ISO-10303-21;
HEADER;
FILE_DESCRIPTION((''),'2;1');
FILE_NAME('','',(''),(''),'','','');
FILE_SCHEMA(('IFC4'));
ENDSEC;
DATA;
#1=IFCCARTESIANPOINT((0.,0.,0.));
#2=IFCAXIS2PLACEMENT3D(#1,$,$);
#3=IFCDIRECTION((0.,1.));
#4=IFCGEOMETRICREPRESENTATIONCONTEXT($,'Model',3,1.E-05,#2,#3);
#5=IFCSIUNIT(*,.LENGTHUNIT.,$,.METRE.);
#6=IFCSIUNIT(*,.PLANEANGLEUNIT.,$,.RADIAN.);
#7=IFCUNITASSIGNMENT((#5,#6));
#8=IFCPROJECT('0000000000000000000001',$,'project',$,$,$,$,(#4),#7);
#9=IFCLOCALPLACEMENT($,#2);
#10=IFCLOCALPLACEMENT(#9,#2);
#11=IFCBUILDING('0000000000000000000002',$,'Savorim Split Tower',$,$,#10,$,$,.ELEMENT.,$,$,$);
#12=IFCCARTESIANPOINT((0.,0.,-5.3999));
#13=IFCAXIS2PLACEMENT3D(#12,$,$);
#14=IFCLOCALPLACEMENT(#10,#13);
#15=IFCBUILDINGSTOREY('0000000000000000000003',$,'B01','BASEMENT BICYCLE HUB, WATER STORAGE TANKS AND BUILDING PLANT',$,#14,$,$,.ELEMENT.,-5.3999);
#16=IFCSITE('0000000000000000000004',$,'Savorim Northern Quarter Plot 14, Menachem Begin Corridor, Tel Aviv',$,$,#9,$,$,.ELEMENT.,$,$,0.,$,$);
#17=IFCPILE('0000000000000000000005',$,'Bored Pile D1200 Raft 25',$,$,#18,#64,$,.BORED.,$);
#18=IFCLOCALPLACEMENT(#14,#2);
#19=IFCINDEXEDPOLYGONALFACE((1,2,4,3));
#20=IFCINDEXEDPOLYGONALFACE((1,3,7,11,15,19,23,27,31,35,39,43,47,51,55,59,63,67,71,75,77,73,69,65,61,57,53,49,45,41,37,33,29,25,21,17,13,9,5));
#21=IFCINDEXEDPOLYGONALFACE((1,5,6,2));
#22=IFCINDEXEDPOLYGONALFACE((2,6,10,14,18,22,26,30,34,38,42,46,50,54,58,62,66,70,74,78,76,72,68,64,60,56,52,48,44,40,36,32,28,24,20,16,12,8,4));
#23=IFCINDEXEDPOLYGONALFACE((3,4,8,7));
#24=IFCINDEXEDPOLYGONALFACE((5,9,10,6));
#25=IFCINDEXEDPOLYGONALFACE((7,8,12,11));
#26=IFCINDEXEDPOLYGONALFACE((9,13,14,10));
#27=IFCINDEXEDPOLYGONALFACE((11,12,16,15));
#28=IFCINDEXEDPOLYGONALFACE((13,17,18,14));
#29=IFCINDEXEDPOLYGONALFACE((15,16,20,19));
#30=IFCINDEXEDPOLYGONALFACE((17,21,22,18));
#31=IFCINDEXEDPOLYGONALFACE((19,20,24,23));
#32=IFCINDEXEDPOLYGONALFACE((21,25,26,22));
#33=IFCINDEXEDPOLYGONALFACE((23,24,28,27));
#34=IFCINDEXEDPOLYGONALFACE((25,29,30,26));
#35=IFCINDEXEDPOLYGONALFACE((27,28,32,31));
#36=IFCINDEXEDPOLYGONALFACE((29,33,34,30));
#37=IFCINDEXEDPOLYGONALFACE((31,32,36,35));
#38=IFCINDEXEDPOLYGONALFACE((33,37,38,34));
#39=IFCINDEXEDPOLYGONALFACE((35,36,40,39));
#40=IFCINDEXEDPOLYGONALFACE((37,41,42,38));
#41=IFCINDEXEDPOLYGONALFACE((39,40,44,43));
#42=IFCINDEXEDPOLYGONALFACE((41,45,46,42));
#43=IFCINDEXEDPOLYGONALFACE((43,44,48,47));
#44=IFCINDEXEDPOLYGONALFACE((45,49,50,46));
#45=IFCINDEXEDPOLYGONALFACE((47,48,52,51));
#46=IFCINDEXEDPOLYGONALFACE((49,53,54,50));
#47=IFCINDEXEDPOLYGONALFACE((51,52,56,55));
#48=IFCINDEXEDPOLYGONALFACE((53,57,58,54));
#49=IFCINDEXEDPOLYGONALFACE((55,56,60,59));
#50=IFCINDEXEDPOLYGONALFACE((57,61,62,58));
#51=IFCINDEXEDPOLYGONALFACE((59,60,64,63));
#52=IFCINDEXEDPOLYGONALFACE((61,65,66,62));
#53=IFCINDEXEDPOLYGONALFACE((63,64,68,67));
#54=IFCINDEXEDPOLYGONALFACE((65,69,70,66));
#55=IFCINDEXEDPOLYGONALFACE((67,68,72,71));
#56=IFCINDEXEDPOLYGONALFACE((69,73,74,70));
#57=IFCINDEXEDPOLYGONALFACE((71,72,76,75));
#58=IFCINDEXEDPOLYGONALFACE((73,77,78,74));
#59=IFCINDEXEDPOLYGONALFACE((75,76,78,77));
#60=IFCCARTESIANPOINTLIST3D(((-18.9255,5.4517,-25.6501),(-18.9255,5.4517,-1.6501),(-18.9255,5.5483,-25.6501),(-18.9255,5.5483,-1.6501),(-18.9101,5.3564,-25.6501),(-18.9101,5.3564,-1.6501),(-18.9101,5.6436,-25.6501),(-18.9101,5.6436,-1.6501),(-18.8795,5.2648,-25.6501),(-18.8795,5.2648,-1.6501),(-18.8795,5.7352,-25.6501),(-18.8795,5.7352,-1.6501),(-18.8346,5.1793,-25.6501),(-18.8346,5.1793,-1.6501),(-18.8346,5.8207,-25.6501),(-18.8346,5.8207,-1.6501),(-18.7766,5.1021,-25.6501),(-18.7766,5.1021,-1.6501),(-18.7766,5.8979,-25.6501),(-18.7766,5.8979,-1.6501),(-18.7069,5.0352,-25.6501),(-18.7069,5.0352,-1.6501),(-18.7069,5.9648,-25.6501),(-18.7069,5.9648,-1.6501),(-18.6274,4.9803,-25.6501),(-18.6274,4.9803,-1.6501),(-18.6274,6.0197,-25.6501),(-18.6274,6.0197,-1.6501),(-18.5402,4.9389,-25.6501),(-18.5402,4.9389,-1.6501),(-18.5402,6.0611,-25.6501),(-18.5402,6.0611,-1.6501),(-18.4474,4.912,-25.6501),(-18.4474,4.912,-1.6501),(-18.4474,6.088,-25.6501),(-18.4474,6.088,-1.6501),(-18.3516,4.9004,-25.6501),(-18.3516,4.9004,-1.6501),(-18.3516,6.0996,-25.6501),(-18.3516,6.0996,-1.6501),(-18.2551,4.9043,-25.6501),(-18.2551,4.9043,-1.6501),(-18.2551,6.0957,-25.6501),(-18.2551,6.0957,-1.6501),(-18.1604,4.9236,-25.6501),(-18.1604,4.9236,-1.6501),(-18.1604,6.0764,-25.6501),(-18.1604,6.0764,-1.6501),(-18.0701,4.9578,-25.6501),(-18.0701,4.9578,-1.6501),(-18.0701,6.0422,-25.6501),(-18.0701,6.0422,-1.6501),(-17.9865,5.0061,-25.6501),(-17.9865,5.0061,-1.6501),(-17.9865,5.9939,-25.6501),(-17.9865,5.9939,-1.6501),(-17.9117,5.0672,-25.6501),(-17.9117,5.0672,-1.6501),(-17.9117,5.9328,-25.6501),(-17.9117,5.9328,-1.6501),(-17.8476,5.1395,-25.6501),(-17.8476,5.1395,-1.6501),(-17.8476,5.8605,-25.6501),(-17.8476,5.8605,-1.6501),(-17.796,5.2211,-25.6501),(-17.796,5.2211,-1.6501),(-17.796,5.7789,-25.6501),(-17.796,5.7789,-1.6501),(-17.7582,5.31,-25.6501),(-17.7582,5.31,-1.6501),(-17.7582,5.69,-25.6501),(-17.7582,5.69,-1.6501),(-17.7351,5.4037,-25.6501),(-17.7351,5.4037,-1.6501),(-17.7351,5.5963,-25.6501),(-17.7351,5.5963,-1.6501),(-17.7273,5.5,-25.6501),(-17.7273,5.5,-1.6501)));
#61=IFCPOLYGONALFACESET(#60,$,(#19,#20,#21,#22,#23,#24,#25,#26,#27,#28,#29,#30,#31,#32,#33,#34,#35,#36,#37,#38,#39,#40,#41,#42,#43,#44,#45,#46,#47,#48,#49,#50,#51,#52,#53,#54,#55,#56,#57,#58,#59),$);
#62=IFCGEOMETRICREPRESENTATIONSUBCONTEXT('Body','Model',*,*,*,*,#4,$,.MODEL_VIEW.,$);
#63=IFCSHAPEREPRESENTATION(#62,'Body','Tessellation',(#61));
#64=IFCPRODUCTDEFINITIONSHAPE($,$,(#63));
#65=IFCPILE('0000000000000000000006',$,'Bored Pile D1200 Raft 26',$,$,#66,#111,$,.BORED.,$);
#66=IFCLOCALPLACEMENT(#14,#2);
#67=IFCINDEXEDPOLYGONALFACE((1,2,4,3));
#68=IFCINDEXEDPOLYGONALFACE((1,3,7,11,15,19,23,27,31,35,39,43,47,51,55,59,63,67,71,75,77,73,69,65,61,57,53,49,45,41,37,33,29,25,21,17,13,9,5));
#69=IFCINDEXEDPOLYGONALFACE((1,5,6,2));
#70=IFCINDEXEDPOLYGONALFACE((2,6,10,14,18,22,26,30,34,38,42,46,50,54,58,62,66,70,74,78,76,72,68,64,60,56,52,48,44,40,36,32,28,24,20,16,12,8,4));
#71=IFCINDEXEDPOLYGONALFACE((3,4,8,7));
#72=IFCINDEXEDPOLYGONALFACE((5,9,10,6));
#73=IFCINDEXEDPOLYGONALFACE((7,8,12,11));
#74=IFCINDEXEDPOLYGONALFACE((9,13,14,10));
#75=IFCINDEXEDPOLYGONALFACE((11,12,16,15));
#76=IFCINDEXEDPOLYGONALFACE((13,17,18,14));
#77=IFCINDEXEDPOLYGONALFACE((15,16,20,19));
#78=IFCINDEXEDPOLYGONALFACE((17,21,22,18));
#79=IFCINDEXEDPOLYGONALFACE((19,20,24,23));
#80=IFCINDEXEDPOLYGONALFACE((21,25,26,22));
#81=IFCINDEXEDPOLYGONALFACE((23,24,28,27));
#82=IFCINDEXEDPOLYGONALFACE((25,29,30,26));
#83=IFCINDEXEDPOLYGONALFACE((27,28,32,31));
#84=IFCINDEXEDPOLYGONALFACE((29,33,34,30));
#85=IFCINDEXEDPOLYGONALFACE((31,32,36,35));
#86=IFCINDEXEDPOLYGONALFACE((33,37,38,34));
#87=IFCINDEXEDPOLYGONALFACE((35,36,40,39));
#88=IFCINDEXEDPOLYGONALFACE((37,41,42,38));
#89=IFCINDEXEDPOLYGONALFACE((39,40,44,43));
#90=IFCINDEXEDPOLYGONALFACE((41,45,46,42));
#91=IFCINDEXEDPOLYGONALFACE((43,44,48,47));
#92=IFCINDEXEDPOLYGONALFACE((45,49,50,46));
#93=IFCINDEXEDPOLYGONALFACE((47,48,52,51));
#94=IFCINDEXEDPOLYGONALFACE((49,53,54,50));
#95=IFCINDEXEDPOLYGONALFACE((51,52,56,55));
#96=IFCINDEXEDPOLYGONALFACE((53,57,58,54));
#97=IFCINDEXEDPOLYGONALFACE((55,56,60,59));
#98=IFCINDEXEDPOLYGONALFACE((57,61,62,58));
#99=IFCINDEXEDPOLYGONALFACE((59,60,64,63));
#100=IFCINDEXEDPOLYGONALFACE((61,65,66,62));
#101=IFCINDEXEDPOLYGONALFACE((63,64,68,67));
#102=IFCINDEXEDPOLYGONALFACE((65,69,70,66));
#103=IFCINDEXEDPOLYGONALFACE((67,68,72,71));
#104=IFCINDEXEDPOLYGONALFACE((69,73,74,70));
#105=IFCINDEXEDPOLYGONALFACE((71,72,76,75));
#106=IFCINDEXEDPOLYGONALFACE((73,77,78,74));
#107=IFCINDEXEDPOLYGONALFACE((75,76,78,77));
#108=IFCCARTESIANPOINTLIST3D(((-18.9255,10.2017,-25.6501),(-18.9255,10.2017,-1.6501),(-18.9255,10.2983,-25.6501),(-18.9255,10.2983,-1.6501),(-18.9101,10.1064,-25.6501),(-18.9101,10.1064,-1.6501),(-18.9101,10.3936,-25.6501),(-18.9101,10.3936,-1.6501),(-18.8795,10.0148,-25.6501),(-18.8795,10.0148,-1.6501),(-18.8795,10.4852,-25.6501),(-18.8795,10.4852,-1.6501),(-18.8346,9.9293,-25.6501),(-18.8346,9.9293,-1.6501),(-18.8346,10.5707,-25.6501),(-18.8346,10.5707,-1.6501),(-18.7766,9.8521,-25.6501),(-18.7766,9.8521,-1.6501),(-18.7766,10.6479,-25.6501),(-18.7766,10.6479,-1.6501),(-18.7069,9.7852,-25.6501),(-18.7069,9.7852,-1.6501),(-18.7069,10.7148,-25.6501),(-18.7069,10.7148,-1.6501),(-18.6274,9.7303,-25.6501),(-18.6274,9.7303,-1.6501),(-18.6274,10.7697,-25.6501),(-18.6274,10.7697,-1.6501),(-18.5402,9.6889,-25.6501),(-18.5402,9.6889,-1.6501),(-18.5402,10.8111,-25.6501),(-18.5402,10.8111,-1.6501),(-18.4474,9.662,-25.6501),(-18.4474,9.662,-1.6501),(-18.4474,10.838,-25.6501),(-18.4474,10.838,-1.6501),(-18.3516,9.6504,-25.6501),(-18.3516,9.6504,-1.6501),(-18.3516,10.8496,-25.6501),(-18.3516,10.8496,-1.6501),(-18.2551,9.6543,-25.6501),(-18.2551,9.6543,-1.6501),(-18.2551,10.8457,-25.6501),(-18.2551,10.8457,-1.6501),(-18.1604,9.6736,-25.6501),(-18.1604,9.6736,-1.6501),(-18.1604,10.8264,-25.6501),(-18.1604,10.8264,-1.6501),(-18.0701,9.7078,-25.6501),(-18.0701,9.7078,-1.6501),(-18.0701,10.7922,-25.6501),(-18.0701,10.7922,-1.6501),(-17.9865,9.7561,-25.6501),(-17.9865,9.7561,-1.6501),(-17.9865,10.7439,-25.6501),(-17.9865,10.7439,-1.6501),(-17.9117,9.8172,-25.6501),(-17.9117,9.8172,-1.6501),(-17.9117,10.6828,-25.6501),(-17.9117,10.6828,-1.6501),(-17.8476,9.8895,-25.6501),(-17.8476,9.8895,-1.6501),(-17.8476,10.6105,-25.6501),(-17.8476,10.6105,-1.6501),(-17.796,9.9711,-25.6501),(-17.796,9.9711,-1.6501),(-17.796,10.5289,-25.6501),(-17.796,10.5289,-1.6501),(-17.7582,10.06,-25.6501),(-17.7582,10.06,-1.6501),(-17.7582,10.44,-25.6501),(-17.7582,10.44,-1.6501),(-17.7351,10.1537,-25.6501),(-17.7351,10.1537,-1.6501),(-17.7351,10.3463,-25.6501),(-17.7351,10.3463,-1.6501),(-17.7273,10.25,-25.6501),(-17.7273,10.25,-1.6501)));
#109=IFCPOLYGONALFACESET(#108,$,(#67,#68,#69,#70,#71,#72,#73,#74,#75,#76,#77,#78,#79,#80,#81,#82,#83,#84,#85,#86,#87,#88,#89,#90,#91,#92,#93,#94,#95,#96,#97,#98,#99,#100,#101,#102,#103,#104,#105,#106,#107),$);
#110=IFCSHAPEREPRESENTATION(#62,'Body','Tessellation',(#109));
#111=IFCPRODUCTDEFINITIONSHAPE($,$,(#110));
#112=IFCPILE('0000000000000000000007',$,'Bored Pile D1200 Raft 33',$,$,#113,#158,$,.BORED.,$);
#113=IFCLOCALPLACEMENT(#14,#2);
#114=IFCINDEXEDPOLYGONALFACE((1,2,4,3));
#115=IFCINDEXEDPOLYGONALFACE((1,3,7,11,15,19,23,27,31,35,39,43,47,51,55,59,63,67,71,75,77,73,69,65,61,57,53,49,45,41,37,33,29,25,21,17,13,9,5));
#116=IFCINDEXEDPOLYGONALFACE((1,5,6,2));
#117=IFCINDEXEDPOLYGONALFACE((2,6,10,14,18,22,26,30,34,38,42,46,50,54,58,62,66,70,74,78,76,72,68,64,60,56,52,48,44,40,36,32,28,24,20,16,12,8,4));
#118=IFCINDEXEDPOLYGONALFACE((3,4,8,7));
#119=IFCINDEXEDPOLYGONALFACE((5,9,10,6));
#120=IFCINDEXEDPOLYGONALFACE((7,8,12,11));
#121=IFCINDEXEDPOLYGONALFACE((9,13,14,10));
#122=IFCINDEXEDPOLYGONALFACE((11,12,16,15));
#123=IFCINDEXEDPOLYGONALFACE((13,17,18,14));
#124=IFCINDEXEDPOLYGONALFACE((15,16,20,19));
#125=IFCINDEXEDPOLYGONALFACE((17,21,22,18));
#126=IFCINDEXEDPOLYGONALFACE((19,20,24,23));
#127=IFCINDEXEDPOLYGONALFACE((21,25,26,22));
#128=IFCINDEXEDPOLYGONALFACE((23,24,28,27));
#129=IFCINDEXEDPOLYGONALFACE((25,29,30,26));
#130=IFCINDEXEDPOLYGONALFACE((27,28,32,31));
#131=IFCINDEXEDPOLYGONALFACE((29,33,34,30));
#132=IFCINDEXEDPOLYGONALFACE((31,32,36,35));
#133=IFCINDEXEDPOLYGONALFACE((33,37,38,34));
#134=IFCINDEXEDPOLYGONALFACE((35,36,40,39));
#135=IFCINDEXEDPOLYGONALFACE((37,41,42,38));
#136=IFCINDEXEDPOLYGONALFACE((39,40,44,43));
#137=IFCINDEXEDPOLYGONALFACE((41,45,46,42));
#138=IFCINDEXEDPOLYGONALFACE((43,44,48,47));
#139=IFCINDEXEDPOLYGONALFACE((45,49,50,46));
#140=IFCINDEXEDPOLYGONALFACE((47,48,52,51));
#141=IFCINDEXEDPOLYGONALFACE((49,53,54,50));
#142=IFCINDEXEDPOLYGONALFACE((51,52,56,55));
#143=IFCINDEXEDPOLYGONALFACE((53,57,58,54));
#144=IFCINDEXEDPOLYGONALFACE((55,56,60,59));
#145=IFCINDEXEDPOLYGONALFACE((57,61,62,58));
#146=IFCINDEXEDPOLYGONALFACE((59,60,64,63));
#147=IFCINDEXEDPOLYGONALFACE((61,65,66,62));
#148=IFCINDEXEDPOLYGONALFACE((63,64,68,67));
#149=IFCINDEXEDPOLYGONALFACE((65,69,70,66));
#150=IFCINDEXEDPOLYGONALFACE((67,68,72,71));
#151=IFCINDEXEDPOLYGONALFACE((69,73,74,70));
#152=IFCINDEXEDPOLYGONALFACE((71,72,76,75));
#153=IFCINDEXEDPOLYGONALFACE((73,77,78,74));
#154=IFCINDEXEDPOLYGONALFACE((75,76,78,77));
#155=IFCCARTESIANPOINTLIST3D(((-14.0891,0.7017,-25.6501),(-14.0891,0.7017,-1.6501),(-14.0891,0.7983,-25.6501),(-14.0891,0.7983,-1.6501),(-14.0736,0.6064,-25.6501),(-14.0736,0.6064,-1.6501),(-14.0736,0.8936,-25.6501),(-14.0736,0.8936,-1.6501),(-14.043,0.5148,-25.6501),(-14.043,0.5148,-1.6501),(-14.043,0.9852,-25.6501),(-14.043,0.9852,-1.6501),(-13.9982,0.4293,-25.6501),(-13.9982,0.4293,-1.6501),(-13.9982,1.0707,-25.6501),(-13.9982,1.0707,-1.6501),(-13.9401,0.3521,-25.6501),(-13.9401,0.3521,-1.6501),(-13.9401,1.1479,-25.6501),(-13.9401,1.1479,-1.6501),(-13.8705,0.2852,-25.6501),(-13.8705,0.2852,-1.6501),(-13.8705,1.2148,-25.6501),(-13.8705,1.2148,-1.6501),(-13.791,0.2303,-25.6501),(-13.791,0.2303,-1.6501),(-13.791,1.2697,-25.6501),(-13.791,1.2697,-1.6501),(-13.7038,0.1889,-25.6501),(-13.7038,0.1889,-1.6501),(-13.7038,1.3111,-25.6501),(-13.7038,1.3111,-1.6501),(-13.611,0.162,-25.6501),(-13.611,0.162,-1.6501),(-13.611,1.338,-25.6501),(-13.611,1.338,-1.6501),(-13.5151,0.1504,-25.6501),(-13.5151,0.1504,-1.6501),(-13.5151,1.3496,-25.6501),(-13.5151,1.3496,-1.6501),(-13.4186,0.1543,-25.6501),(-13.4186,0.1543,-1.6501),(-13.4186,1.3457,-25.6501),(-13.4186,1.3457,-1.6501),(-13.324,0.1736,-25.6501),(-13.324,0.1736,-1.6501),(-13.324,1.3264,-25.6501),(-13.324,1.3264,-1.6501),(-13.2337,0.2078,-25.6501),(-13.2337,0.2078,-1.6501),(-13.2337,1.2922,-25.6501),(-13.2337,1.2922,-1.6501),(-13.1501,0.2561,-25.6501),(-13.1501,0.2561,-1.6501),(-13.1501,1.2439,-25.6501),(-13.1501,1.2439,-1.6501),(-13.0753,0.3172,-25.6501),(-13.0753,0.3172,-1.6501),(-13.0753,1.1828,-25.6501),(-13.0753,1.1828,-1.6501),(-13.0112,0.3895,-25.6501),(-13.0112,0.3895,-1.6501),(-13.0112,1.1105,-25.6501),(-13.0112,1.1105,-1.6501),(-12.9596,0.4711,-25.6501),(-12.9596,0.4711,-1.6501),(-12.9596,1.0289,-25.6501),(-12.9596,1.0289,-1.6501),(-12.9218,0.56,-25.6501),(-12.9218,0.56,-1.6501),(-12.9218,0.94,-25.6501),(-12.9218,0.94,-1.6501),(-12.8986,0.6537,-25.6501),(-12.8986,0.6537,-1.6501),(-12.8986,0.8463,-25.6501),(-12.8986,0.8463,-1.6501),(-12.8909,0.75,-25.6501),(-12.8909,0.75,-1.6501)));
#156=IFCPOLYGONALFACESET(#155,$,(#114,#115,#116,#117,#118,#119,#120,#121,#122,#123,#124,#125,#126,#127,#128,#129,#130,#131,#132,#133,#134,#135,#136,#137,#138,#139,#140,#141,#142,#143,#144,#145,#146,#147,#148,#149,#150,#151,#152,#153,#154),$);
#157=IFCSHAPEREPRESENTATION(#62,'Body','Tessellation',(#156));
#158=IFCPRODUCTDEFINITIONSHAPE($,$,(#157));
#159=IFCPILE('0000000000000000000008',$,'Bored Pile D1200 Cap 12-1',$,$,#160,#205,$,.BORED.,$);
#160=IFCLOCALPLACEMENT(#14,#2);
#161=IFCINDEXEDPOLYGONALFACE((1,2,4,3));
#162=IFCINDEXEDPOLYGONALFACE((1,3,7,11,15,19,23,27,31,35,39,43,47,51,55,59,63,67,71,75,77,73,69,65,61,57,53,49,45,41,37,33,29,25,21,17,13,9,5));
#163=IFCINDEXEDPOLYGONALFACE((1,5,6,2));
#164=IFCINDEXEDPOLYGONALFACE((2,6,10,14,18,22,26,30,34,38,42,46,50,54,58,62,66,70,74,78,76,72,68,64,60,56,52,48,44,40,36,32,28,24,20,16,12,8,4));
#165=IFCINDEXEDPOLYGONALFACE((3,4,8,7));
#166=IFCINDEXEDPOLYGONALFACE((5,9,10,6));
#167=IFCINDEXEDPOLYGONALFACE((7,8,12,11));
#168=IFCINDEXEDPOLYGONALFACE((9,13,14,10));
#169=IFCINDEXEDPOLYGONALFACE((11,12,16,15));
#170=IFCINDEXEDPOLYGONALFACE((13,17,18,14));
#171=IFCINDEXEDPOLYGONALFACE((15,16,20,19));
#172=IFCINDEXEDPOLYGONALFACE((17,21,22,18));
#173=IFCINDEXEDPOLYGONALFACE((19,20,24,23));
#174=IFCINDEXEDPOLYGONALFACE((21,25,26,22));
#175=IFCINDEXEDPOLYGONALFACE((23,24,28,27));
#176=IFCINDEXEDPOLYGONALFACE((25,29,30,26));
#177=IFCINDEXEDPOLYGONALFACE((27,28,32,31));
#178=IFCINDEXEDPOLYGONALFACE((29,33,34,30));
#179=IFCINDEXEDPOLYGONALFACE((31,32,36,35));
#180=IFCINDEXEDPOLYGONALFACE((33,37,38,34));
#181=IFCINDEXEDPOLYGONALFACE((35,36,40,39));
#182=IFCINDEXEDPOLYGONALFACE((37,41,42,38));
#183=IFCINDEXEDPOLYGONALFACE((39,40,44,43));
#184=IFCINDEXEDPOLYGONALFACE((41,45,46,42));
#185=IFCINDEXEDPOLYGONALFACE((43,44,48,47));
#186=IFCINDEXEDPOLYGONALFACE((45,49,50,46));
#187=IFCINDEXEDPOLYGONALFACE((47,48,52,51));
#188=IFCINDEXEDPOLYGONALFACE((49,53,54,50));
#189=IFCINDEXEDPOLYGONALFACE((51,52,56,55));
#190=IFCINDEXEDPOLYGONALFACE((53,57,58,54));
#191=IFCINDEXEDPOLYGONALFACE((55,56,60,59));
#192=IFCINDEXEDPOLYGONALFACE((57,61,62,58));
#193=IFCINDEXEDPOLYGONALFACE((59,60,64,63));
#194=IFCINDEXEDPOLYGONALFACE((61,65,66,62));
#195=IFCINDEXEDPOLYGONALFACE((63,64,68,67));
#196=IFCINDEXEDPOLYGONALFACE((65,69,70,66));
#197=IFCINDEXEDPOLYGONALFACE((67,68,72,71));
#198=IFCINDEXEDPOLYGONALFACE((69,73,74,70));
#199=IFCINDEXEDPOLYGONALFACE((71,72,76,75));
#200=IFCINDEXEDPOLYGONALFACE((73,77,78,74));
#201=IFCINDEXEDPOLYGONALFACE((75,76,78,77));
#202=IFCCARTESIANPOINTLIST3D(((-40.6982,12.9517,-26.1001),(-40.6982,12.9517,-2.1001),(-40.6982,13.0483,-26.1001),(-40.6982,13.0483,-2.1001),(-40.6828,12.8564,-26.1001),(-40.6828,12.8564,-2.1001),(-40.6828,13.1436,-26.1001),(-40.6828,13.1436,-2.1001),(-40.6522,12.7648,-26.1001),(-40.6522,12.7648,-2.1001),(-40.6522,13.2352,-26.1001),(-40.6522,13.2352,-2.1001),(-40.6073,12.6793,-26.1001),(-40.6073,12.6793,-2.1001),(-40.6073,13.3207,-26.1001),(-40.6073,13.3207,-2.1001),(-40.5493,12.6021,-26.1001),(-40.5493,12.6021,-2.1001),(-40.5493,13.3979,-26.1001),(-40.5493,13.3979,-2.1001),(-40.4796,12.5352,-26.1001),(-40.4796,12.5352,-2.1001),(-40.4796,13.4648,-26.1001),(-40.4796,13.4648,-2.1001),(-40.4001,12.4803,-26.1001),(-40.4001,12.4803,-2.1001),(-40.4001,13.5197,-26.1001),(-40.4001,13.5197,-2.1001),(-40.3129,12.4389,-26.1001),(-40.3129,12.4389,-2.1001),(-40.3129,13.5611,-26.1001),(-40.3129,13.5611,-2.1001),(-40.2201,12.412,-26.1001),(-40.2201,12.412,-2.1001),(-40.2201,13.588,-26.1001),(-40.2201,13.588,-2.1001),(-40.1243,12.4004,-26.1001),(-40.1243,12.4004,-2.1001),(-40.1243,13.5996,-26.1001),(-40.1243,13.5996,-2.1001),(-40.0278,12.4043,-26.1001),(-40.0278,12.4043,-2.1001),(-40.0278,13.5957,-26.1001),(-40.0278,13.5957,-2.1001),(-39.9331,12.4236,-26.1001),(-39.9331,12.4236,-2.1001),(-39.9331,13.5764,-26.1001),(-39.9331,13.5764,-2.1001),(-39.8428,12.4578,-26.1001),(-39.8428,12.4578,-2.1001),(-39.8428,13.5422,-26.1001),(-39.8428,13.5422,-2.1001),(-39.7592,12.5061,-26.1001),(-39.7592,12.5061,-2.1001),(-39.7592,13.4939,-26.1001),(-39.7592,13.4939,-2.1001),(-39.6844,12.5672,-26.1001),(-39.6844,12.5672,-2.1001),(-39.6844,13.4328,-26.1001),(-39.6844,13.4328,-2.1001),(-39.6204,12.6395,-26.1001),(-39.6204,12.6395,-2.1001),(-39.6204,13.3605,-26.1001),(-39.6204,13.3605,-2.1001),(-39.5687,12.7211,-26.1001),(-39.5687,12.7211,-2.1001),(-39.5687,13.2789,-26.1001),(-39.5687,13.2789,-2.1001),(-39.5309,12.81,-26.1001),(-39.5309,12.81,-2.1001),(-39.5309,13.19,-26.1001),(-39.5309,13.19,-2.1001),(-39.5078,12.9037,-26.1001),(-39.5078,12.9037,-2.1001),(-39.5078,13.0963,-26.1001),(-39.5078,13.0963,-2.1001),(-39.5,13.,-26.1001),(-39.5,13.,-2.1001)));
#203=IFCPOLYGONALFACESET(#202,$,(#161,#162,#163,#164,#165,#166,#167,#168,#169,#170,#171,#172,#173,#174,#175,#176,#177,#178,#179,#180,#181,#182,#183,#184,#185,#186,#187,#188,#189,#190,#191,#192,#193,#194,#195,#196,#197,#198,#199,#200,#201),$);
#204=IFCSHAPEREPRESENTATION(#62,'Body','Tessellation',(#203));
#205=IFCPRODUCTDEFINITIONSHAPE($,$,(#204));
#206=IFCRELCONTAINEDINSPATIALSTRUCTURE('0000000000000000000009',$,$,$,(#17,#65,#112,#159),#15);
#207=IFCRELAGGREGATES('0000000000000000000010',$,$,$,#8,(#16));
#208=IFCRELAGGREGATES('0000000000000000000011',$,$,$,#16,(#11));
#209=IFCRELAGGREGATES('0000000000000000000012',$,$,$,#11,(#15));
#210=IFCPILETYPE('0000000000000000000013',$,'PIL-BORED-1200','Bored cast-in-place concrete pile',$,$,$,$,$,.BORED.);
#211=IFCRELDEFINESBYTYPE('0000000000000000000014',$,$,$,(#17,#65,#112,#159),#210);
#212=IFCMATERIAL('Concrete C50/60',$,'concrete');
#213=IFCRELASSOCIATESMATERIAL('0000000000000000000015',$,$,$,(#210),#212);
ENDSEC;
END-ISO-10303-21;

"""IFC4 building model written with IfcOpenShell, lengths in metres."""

from ifc_helpers import new_model, si_unit, direction, frame, origin, origin_2d, place, context, subcontext, project, spatial, circle, extrude, material, material_profile, profile_set, type_object, element, save


model = new_model("IFC4")

# Units and contexts
model_context = context("Model", 3, precision=1e-05, world=origin(), true_north=direction((0.0, 1.0)))
body_context = subcontext(model_context, "Body", "Model", "MODEL_VIEW")
ifc_project = project(units=[si_unit("LENGTHUNIT", "METRE"), si_unit("PLANEANGLEUNIT", "RADIAN")], contexts=[model_context])

# Site, building, storey
site_placement = place(None, origin())
site = spatial("IfcSite", under=ifc_project, at=site_placement, Name="Savorim Northern Quarter Plot 14, Menachem Begin Corridor, Tel Aviv", CompositionType="ELEMENT", RefElevation=0.0)
building_placement = place(site_placement, origin())
building = spatial("IfcBuilding", under=site, at=building_placement, Name="Savorim Split Tower", CompositionType="ELEMENT")
storey_placement = place(building_placement, frame((0.0, 0.0, -5.3999)))
storey = spatial("IfcBuildingStorey", under=building, at=storey_placement, Name="B01", Description="BASEMENT BICYCLE HUB, WATER STORAGE TANKS AND BUILDING PLANT", CompositionType="ELEMENT", Elevation=-5.3999)

# Shared definitions
ifc_material_1 = material(Name="Concrete C50/60", Category="concrete")

# Piles
ifc_material_profile_1 = material_profile(ifc_material_1, circle(Radius=0.6001, at=origin_2d()), Name="PILE D1200")
ifc_profile_set_1 = profile_set([ifc_material_profile_1], Name="Concrete C50/60")
pile_type = type_object("IfcPileType", Name="PIL-BORED-1200", Description="Bored cast-in-place concrete pile", PredefinedType="BORED", material=ifc_profile_set_1)
for number, where, z_axis, x_axis, name in (
    (1, (-18.3274, 5.5, -1.6501), (0.0, 0.0, -1.0), (1.0, 0.0, 0.0), "Bored Pile D1200 Raft 25"),
    (2, (-18.3274, 10.25, -1.6501), (0.0, 0.0, -1.0), (1.0, 0.0, 0.0), "Bored Pile D1200 Raft 26"),
    (3, (-13.491, 0.75, -1.6501), (0.0, 0.0, -1.0), (1.0, 0.0, 0.0), "Bored Pile D1200 Raft 33"),
    (4, (-40.1001, 13.0, -2.1001), (0.0, 0.0, -1.0), (1.0, 0.0, 0.0), "Bored Pile D1200 Cap 12-1"),
):
    element("IfcPile", number, at=place(storey_placement, frame(where, z_axis=z_axis, x_axis=x_axis)), inside=storey, type_object=pile_type, Name=name, PredefinedType="BORED", context=body_context, shape_type="SweptSolid", body=[
        extrude(circle(Radius=0.6001, at=origin_2d()), origin(), (0.0, 0.0, 1.0), 24.0),
    ])

save(model, "model.ifc")
